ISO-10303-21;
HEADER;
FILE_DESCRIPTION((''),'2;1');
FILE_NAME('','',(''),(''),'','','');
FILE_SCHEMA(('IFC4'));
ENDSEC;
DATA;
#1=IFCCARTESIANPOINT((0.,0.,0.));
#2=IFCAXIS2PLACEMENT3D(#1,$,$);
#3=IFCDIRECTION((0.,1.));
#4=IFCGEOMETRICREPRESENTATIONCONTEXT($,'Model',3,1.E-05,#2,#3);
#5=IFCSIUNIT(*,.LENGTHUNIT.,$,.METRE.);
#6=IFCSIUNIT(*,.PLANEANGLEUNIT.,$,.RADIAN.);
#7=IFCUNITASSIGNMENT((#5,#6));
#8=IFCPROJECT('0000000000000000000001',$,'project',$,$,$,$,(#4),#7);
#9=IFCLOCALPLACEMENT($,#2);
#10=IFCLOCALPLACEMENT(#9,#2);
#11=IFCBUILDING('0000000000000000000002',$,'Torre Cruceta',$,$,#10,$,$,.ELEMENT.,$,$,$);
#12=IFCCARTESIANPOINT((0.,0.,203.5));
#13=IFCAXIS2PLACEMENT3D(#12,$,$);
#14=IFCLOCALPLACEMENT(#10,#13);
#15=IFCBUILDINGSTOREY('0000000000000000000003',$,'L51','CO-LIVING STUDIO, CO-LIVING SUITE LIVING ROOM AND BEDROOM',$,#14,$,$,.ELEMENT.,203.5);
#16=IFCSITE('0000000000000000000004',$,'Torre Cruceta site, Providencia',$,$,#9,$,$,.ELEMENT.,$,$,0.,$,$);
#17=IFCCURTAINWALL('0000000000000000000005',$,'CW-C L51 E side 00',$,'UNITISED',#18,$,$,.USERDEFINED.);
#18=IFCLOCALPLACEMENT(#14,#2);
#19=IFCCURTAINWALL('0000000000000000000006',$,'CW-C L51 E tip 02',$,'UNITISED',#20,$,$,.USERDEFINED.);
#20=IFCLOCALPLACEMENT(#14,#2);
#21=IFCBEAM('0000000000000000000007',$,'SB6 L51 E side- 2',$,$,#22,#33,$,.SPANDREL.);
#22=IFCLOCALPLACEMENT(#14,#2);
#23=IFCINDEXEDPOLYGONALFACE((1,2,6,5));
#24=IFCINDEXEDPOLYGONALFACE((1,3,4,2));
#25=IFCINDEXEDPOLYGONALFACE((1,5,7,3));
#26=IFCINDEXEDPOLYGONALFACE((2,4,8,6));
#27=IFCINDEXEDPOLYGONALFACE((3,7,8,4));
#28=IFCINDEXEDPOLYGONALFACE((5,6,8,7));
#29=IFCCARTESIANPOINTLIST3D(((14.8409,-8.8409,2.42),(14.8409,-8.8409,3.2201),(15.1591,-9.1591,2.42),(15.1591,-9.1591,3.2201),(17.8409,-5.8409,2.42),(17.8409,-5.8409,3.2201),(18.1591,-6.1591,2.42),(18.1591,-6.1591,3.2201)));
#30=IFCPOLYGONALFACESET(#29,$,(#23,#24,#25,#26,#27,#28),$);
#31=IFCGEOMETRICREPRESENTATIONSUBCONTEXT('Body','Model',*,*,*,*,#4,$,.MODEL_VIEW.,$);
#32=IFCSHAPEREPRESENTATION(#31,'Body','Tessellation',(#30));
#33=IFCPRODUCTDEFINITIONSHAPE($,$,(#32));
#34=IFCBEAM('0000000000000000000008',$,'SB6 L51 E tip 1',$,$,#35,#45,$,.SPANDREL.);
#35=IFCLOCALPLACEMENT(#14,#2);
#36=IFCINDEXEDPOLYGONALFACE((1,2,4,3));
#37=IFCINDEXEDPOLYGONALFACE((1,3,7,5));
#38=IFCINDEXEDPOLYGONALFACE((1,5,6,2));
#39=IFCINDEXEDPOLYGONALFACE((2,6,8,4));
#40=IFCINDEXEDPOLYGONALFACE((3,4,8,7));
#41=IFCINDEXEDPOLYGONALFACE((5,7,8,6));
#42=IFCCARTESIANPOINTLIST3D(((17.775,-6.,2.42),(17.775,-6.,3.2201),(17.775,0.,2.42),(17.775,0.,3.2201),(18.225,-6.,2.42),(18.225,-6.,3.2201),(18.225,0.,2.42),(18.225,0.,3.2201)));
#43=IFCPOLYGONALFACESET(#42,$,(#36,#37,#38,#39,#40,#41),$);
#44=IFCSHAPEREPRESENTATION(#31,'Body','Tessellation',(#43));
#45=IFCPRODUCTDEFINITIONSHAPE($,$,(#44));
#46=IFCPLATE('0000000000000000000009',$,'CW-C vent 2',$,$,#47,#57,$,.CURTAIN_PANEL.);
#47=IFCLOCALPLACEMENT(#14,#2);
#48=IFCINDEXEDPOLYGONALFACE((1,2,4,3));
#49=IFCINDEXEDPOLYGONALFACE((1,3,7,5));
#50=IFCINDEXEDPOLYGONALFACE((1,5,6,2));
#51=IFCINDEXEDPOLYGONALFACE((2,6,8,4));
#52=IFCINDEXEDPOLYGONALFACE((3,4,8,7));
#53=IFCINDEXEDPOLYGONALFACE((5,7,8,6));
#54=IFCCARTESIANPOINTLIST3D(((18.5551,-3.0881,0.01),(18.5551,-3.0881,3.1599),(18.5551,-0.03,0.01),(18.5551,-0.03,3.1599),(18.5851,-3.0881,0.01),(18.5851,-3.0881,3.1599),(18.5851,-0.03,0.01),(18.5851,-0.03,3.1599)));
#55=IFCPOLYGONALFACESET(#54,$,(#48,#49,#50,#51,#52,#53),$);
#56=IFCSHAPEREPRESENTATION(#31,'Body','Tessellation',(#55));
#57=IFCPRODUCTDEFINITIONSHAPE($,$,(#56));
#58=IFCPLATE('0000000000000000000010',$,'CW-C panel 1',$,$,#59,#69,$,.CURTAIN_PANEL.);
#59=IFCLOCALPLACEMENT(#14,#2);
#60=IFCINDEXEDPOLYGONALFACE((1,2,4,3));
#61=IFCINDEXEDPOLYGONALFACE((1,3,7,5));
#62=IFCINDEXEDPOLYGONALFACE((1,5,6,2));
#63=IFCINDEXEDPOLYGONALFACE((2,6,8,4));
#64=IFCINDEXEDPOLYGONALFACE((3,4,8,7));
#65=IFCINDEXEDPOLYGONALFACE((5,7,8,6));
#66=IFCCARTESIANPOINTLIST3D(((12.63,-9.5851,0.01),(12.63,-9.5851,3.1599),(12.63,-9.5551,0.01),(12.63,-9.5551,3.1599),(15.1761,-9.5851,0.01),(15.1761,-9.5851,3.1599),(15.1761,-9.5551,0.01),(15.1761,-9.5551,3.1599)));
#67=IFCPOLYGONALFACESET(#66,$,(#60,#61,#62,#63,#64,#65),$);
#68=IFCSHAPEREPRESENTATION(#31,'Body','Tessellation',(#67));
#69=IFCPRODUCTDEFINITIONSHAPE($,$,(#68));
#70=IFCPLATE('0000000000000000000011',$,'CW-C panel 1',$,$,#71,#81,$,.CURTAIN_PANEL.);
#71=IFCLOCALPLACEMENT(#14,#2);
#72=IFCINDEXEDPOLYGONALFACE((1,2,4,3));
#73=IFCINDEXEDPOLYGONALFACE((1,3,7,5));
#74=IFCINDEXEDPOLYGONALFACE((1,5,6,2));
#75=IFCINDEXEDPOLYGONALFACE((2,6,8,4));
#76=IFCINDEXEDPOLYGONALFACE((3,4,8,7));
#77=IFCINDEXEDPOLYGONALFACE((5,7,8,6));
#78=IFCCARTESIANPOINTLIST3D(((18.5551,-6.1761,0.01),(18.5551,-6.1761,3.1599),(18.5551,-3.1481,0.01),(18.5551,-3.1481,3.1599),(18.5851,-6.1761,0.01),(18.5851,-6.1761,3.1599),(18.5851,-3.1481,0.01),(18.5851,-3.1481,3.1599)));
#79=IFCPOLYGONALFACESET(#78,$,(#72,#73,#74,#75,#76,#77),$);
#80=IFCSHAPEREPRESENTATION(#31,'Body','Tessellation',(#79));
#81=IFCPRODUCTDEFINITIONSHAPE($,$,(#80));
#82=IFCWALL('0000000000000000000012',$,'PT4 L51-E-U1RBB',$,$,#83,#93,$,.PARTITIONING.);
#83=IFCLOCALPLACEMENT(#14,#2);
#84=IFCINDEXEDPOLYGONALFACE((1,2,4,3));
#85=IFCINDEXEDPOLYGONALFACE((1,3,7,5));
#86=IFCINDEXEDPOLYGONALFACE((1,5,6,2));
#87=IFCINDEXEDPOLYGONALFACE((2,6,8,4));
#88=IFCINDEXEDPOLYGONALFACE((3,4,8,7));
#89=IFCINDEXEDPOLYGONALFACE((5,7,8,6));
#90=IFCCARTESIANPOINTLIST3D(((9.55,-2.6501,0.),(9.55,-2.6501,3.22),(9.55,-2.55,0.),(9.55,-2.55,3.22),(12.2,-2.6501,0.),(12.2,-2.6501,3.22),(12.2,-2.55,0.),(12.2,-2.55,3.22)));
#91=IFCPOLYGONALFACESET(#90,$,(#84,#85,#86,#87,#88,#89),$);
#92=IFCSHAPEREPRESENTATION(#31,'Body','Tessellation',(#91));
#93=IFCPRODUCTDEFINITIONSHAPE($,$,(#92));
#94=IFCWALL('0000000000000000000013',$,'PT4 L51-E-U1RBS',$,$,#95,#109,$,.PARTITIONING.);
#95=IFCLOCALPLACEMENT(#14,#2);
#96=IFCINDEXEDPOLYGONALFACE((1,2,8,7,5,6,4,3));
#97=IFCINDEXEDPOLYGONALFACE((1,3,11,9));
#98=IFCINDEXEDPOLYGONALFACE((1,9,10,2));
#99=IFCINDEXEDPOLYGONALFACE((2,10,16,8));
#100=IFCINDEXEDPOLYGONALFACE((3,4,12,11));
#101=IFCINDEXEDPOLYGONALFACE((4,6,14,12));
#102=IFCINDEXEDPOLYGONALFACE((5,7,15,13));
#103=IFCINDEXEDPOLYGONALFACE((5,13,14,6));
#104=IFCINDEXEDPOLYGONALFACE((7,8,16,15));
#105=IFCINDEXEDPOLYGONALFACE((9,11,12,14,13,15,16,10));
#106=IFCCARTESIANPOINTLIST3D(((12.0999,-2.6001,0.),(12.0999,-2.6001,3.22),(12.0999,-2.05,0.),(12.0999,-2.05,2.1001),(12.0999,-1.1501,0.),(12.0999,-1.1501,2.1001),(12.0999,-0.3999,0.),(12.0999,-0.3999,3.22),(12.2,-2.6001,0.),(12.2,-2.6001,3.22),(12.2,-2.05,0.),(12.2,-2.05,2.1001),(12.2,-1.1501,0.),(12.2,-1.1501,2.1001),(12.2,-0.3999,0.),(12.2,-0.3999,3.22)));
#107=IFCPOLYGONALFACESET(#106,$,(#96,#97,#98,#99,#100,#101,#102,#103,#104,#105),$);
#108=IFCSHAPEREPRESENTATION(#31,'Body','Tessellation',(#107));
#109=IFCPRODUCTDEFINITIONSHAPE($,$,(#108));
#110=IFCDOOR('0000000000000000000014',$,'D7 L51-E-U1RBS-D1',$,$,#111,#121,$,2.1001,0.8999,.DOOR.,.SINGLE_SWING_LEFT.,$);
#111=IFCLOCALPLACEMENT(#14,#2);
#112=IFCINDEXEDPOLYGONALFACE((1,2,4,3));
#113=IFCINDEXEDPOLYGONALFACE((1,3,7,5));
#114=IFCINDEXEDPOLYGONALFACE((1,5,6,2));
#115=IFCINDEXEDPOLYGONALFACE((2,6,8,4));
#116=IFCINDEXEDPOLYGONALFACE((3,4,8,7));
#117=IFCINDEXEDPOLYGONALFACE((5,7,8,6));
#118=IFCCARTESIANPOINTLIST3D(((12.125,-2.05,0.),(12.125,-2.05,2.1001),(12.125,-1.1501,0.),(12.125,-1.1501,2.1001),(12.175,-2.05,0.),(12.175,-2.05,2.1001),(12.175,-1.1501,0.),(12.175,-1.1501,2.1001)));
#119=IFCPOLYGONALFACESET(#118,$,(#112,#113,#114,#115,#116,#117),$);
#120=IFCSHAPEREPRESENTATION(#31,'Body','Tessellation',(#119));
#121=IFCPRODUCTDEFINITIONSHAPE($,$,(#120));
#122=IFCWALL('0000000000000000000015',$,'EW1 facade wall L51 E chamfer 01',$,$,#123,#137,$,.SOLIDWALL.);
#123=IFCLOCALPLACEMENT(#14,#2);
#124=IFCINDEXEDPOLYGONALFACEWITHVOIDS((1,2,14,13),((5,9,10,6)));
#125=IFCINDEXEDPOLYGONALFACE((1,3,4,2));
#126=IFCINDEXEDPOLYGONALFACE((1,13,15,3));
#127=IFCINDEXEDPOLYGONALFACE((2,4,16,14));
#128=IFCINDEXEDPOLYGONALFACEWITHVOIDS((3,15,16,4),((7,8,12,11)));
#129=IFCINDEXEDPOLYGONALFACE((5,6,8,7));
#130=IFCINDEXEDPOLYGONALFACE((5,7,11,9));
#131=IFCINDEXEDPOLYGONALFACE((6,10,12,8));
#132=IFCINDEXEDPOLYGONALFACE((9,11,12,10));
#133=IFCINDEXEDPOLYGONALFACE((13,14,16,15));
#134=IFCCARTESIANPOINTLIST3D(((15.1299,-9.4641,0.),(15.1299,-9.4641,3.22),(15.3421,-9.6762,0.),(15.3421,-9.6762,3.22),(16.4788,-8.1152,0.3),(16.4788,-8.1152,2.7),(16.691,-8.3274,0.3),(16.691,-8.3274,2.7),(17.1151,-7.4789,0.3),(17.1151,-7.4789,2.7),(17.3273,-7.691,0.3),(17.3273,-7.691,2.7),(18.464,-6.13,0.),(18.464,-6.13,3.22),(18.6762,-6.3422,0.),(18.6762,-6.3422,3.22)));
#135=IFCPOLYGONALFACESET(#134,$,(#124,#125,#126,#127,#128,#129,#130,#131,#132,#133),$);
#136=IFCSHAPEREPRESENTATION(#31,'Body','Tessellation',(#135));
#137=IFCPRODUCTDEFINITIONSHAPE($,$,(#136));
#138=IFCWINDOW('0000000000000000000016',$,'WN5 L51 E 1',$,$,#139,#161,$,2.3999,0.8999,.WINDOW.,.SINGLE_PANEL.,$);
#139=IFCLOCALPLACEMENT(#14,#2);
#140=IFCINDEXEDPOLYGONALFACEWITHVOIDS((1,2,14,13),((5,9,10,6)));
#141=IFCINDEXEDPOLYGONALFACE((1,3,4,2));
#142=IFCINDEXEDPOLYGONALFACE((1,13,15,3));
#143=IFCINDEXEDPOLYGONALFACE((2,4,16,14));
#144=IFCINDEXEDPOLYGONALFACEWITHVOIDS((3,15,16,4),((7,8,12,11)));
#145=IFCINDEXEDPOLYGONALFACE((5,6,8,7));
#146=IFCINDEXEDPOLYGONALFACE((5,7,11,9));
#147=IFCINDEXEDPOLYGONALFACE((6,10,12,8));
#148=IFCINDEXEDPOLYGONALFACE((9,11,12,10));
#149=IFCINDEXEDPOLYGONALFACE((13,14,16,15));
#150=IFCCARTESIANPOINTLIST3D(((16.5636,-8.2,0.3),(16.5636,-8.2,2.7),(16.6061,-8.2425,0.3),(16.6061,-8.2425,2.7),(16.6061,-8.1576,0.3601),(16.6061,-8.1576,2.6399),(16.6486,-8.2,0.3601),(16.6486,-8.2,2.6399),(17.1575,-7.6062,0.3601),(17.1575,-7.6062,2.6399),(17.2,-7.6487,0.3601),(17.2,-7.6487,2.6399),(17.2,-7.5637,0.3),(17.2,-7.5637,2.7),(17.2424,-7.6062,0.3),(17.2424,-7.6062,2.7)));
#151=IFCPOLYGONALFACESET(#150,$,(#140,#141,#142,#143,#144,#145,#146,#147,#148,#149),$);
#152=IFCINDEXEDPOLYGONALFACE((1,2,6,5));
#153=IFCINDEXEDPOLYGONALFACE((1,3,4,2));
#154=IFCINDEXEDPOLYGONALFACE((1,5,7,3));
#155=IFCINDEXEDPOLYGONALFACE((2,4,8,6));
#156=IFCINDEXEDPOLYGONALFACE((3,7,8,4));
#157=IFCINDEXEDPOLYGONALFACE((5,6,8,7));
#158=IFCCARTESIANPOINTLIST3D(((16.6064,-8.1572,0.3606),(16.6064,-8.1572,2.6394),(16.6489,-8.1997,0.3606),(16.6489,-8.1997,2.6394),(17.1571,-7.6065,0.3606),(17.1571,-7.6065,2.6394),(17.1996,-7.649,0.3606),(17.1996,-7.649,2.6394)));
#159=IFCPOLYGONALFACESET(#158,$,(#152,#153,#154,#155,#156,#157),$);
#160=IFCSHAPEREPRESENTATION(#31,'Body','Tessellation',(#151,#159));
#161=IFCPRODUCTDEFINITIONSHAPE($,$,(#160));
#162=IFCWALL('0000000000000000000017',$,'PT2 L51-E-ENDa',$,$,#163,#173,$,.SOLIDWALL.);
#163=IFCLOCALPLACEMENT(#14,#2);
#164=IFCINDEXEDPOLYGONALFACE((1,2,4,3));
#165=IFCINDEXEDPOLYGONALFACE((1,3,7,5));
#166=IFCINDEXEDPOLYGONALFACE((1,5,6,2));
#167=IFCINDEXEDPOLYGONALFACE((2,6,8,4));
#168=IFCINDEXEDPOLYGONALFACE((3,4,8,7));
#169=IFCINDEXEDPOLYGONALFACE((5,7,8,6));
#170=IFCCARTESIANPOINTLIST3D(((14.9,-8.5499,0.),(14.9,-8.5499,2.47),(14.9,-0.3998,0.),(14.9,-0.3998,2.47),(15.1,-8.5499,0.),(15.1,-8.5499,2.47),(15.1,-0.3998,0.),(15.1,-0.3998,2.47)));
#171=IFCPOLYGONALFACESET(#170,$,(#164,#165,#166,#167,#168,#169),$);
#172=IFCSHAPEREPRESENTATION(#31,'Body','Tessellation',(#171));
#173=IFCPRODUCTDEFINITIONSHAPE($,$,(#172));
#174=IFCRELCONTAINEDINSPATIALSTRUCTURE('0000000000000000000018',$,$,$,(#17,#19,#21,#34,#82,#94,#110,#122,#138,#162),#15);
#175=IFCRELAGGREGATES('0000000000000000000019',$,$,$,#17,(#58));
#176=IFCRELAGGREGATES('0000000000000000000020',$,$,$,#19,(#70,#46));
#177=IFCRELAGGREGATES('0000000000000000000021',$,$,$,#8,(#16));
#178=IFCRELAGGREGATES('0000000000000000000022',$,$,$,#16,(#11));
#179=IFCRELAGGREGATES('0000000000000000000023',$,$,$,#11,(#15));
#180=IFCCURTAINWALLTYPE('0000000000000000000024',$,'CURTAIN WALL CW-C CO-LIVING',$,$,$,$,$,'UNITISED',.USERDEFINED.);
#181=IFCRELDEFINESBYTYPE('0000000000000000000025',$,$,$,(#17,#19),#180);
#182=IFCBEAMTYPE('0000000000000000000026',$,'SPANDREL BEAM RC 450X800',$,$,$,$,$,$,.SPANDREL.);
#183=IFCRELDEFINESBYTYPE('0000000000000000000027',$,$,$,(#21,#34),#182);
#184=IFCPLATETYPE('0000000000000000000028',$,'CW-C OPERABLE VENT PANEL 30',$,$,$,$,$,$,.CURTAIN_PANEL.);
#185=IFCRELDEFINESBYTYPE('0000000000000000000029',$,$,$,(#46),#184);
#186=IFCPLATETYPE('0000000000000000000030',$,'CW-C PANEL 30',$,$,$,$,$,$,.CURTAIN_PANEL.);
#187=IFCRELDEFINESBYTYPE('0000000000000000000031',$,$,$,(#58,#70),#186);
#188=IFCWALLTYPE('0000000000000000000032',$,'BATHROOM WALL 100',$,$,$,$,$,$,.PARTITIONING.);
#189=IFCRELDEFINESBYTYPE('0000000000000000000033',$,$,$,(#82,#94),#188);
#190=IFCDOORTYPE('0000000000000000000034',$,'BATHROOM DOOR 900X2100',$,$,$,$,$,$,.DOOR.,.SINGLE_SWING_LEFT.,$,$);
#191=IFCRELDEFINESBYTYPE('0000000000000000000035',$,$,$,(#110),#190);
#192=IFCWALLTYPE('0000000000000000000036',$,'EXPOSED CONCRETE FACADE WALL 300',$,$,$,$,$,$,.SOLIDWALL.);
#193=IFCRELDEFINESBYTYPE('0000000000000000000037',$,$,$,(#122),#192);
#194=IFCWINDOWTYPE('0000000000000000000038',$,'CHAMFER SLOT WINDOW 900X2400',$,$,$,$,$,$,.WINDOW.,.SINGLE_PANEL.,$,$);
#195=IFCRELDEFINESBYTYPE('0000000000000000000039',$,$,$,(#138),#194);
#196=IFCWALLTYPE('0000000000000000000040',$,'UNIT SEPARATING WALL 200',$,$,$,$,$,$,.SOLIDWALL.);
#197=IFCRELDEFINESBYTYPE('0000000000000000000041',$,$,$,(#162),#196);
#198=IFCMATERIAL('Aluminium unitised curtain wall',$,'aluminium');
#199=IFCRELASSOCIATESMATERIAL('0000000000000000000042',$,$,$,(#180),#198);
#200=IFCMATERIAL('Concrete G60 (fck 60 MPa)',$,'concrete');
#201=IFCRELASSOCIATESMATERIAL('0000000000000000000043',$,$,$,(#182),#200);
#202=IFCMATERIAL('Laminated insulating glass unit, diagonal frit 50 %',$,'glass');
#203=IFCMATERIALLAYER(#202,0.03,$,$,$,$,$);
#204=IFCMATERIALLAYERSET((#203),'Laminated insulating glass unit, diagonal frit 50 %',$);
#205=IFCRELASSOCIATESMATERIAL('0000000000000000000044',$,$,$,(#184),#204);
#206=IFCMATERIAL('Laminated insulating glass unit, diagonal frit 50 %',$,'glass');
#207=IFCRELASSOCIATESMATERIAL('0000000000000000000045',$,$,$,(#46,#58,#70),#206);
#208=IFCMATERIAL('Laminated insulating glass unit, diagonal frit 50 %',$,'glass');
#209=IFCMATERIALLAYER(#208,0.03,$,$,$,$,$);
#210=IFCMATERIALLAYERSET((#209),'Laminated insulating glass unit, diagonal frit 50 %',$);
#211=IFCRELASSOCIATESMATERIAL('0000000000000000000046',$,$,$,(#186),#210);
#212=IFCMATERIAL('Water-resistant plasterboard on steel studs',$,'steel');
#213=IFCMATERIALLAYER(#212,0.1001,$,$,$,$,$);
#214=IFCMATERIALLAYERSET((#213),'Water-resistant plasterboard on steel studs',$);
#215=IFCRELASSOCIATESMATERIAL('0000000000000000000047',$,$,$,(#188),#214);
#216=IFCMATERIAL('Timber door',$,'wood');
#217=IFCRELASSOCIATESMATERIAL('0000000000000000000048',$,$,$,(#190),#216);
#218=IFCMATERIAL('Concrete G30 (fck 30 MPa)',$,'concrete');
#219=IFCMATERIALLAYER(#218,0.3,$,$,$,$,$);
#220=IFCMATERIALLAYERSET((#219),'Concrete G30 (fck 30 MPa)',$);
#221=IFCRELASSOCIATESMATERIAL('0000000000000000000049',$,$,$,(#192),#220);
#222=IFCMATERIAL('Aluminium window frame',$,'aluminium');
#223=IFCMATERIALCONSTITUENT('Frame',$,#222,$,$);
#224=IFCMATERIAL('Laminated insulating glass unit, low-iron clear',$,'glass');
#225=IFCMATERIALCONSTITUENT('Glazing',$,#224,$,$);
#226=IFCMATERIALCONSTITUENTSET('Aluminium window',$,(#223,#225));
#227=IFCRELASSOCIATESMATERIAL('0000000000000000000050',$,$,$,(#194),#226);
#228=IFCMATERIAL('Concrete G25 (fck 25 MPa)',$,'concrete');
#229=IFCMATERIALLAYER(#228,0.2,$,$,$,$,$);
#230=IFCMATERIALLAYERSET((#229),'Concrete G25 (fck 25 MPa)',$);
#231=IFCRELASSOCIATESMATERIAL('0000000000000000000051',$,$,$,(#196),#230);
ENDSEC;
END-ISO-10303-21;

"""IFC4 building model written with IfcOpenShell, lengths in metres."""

from ifc_helpers import new_model, si_unit, direction, frame, frame_2d, origin, origin_2d, place, context, subcontext, project, spatial, rectangle, hollow_rectangle, extrude, material, layer, layer_set, constituent, constituent_set, material_profile, profile_set, type_object, element, fill, aggregate, save


model = new_model("IFC4")

# Units and contexts
model_context = context("Model", 3, precision=1e-05, world=origin(), true_north=direction((0.0, 1.0)))
body_context = subcontext(model_context, "Body", "Model", "MODEL_VIEW")
ifc_project = project(units=[si_unit("LENGTHUNIT", "METRE"), si_unit("PLANEANGLEUNIT", "RADIAN")], contexts=[model_context])

# Site, building, storey
site_placement = place(None, origin())
site = spatial("IfcSite", under=ifc_project, at=site_placement, Name="Torre Cruceta site, Providencia", CompositionType="ELEMENT", RefElevation=0.0)
building_placement = place(site_placement, origin())
building = spatial("IfcBuilding", under=site, at=building_placement, Name="Torre Cruceta", CompositionType="ELEMENT")
storey_placement = place(building_placement, frame((0.0, 0.0, 203.5)))
storey = spatial("IfcBuildingStorey", under=building, at=storey_placement, Name="L51", Description="CO-LIVING STUDIO, CO-LIVING SUITE LIVING ROOM AND BEDROOM", CompositionType="ELEMENT", Elevation=203.5)

# Curtain walls
ifc_material_1 = material(Name="Aluminium unitised curtain wall", Category="aluminium")
curtain_wall_type = type_object("IfcCurtainWallType", Name="CURTAIN WALL CW-C CO-LIVING", ElementType="UNITISED", PredefinedType="USERDEFINED", material=ifc_material_1)
curtain_wall_1_placement = place(storey_placement, origin())
curtain_wall_1 = element("IfcCurtainWall", 1, at=curtain_wall_1_placement, inside=storey, type_object=curtain_wall_type, Name="CW-C L51 E side 00", ObjectType="UNITISED", PredefinedType="USERDEFINED")
curtain_wall_2_placement = place(storey_placement, origin())
curtain_wall_2 = element("IfcCurtainWall", 2, at=curtain_wall_2_placement, inside=storey, type_object=curtain_wall_type, Name="CW-C L51 E tip 02", ObjectType="UNITISED", PredefinedType="USERDEFINED")

# Beams
ifc_material_2 = material(Name="Concrete G60 (fck 60 MPa)", Category="concrete")
ifc_material_profile_1 = material_profile(ifc_material_2, rectangle(XDim=0.45, YDim=0.8, at=origin_2d()), Name="RC 450X800")
ifc_profile_set_1 = profile_set([ifc_material_profile_1], Name="Concrete G60 (fck 60 MPa)")
beam_type_1 = type_object("IfcBeamType", Name="SPANDREL BEAM RC 450X800", PredefinedType="SPANDREL", material=ifc_profile_set_1)
beam_1_placement = place(storey_placement, frame((15.0, -9.0, 2.8201), z_axis=(0.707107, 0.707107, 0.0), x_axis=(-0.707107, 0.707107, 0.0)))
element("IfcBeam", 3, at=beam_1_placement, inside=storey, type_object=beam_type_1, Name="SB6 L51 E side- 2", PredefinedType="SPANDREL", context=body_context, shape_type="SweptSolid", body=[
    extrude(rectangle(XDim=0.45, YDim=0.8, at=origin_2d()), origin(), (0.0, 0.0, 1.0), 4.2427),
])
beam_2_placement = place(storey_placement, frame((18.0, -6.0, 2.8201), z_axis=(0.0, 1.0, 0.0), x_axis=(-1.0, 0.0, 0.0)))
element("IfcBeam", 4, at=beam_2_placement, inside=storey, type_object=beam_type_1, Name="SB6 L51 E tip 1", PredefinedType="SPANDREL", context=body_context, shape_type="SweptSolid", body=[
    extrude(rectangle(XDim=0.45, YDim=0.8, at=origin_2d()), origin(), (0.0, 0.0, 1.0), 6.0),
])

# Plates
ifc_material_3 = material(Name="Laminated insulating glass unit, diagonal frit 50 %", Category="glass")
ifc_material_4 = material(Name="Laminated insulating glass unit, diagonal frit 50 %", Category="glass")
ifc_layer_1 = layer(ifc_material_4, 0.03)
ifc_layer_set_1 = layer_set([ifc_layer_1], Name="Laminated insulating glass unit, diagonal frit 50 %")
plate_type_1 = type_object("IfcPlateType", Name="CW-C OPERABLE VENT PANEL 30", PredefinedType="CURTAIN_PANEL", material=ifc_layer_set_1)
plate_1_placement = place(storey_placement, frame((18.5701, -1.5591, 0.01), z_axis=(0.0, 0.0, 1.0), x_axis=(0.0, 1.0, 0.0)))
plate_1 = element("IfcPlate", 5, at=plate_1_placement, type_object=plate_type_1, material=ifc_material_3, Name="CW-C vent 2", PredefinedType="CURTAIN_PANEL", context=body_context, shape_type="SweptSolid", body=[
    extrude(rectangle(XDim=3.0581, YDim=0.03, at=origin_2d()), origin(), (0.0, 0.0, 1.0), 3.1499),
])
ifc_material_5 = material(Name="Laminated insulating glass unit, diagonal frit 50 %", Category="glass")
ifc_layer_2 = layer(ifc_material_5, 0.03)
ifc_layer_set_2 = layer_set([ifc_layer_2], Name="Laminated insulating glass unit, diagonal frit 50 %")
plate_type_2 = type_object("IfcPlateType", Name="CW-C PANEL 30", PredefinedType="CURTAIN_PANEL", material=ifc_layer_set_2)
plate_2_placement = place(storey_placement, frame((13.9031, -9.5701, 0.01), z_axis=(0.0, 0.0, 1.0), x_axis=(1.0, 0.0, 0.0)))
plate_2 = element("IfcPlate", 6, at=plate_2_placement, type_object=plate_type_2, material=ifc_material_3, Name="CW-C panel 1", PredefinedType="CURTAIN_PANEL", context=body_context, shape_type="SweptSolid", body=[
    extrude(rectangle(XDim=2.5461, YDim=0.03, at=origin_2d()), origin(), (0.0, 0.0, 1.0), 3.1499),
])
aggregate(curtain_wall_1, [plate_2])
plate_3_placement = place(storey_placement, frame((18.5701, -4.6621, 0.01), z_axis=(0.0, 0.0, 1.0), x_axis=(0.0, 1.0, 0.0)))
plate_3 = element("IfcPlate", 7, at=plate_3_placement, type_object=plate_type_2, material=ifc_material_3, Name="CW-C panel 1", PredefinedType="CURTAIN_PANEL", context=body_context, shape_type="SweptSolid", body=[
    extrude(rectangle(XDim=3.0281, YDim=0.03, at=origin_2d()), origin(), (0.0, 0.0, 1.0), 3.1499),
])
aggregate(curtain_wall_2, [plate_3, plate_1])

# Wall
ifc_material_6 = material(Name="Water-resistant plasterboard on steel studs", Category="steel")
ifc_layer_3 = layer(ifc_material_6, 0.1001)
ifc_layer_set_3 = layer_set([ifc_layer_3], Name="Water-resistant plasterboard on steel studs")
wall_type_1 = type_object("IfcWallType", Name="BATHROOM WALL 100", PredefinedType="PARTITIONING", material=ifc_layer_set_3)
wall_1_placement = place(storey_placement, frame((9.55, -2.6001, 0.0), z_axis=(0.0, 0.0, 1.0), x_axis=(1.0, 0.0, 0.0)))
element("IfcWall", 8, at=wall_1_placement, inside=storey, type_object=wall_type_1, Name="PT4 L51-E-U1RBB", PredefinedType="PARTITIONING", context=body_context, shape_type="SweptSolid", body=[
    extrude(rectangle(XDim=2.6499, YDim=0.1001, at=frame_2d((1.325, 0.0))), origin(), (0.0, 0.0, 1.0), 3.22),
])

# Wall, opening, door
wall_2_placement = place(storey_placement, frame((12.1499, -2.6001, 0.0), z_axis=(0.0, 0.0, 1.0), x_axis=(0.0, 1.0, 0.0)))
wall_2 = element("IfcWall", 9, at=wall_2_placement, inside=storey, type_object=wall_type_1, Name="PT4 L51-E-U1RBS", PredefinedType="PARTITIONING", context=body_context, shape_type="SweptSolid", body=[
    extrude(rectangle(XDim=2.2002, YDim=0.1001, at=frame_2d((1.1001, 0.0))), origin(), (0.0, 0.0, 1.0), 3.22),
])
opening_1_placement = place(wall_2_placement, frame((0.55, 0.0, 0.0)))
opening_1 = element("IfcOpeningElement", 10, at=opening_1_placement, cuts=wall_2, PredefinedType="OPENING", context=body_context, shape_type="SweptSolid", body=[
    extrude(rectangle(XDim=0.8999, YDim=2.1001, at=frame_2d((0.45, 1.05))), frame((0.0, 0.0601, 0.0), z_axis=(0.0, -1.0, 0.0), x_axis=(1.0, 0.0, 0.0)), (0.0, 0.0, 1.0), 0.1201),
])
ifc_material_7 = material(Name="Timber door", Category="wood")
door_type = type_object("IfcDoorType", Name="BATHROOM DOOR 900X2100", OperationType="SINGLE_SWING_LEFT", PredefinedType="DOOR", material=ifc_material_7)
door_placement = place(opening_1_placement, origin())
door = element("IfcDoor", 11, at=door_placement, inside=storey, type_object=door_type, Name="D7 L51-E-U1RBS-D1", OperationType="SINGLE_SWING_LEFT", OverallHeight=2.1001, OverallWidth=0.8999, PredefinedType="DOOR", context=body_context, shape_type="SweptSolid", body=[
    extrude(rectangle(XDim=0.8999, YDim=2.1001, at=frame_2d((0.45, 1.05))), frame((0.0, 0.0249, 0.0), z_axis=(0.0, -1.0, 0.0), x_axis=(1.0, 0.0, 0.0)), (0.0, 0.0, 1.0), 0.05),
])
fill(opening_1, door)

# Wall, opening, window
ifc_material_8 = material(Name="Concrete G30 (fck 30 MPa)", Category="concrete")
ifc_layer_4 = layer(ifc_material_8, 0.3)
ifc_layer_set_4 = layer_set([ifc_layer_4], Name="Concrete G30 (fck 30 MPa)")
wall_type_2 = type_object("IfcWallType", Name="EXPOSED CONCRETE FACADE WALL 300", PredefinedType="SOLIDWALL", material=ifc_layer_set_4)
wall_3_placement = place(storey_placement, frame((15.2361, -9.5701, 0.0), z_axis=(0.0, 0.0, 1.0), x_axis=(0.707107, 0.707107, 0.0)))
wall_3 = element("IfcWall", 12, at=wall_3_placement, inside=storey, type_object=wall_type_2, Name="EW1 facade wall L51 E chamfer 01", PredefinedType="SOLIDWALL", context=body_context, shape_type="SweptSolid", body=[
    extrude(rectangle(XDim=4.7151, YDim=0.3, at=frame_2d((2.3574, 0.0))), origin(), (0.0, 0.0, 1.0), 3.22),
])
opening_2_placement = place(wall_3_placement, frame((1.9075, 0.0, 0.3)))
opening_2 = element("IfcOpeningElement", 13, at=opening_2_placement, cuts=wall_3, PredefinedType="OPENING", context=body_context, shape_type="SweptSolid", body=[
    extrude(rectangle(XDim=0.8999, YDim=2.3999, at=frame_2d((0.45, 1.2))), frame((0.0, 0.1599, 0.0), z_axis=(0.0, -1.0, 0.0), x_axis=(1.0, 0.0, 0.0)), (0.0, 0.0, 1.0), 0.3201),
])
ifc_material_9 = material(Name="Aluminium window frame", Category="aluminium")
ifc_constituent_1 = constituent(ifc_material_9, Name="Frame")
ifc_material_10 = material(Name="Laminated insulating glass unit, low-iron clear", Category="glass")
ifc_constituent_2 = constituent(ifc_material_10, Name="Glazing")
ifc_constituent_set = constituent_set(constituents=[ifc_constituent_1, ifc_constituent_2], Name="Aluminium window")
window_type = type_object("IfcWindowType", Name="CHAMFER SLOT WINDOW 900X2400", PartitioningType="SINGLE_PANEL", PredefinedType="WINDOW", material=ifc_constituent_set)
window_placement = place(opening_2_placement, origin())
window = element("IfcWindow", 14, at=window_placement, inside=storey, type_object=window_type, Name="WN5 L51 E 1", OverallHeight=2.3999, OverallWidth=0.8999, PartitioningType="SINGLE_PANEL", PredefinedType="WINDOW", context=body_context, shape_type="SweptSolid", body=[
    extrude(hollow_rectangle(XDim=0.8999, YDim=2.3999, WallThickness=0.0601, at=frame_2d((0.45, 1.2))), frame((0.0, 0.03, 0.0), z_axis=(0.0, -1.0, 0.0), x_axis=(1.0, 0.0, 0.0)), (0.0, 0.0, 1.0), 0.0601),
    extrude(rectangle(XDim=0.7788, YDim=2.2788, at=frame_2d((0.45, 1.2))), frame((0.0, 0.03, 0.0), z_axis=(0.0, -1.0, 0.0), x_axis=(1.0, 0.0, 0.0)), (0.0, 0.0, 1.0), 0.0601),
])
fill(opening_2, window)

# Wall
ifc_material_11 = material(Name="Concrete G25 (fck 25 MPa)", Category="concrete")
ifc_layer_5 = layer(ifc_material_11, 0.2)
ifc_layer_set_5 = layer_set([ifc_layer_5], Name="Concrete G25 (fck 25 MPa)")
wall_type_3 = type_object("IfcWallType", Name="UNIT SEPARATING WALL 200", PredefinedType="SOLIDWALL", material=ifc_layer_set_5)
wall_4_placement = place(storey_placement, frame((15.0, -8.55, 0.0), z_axis=(0.0, 0.0, 1.0), x_axis=(0.0, 1.0, 0.0)))
element("IfcWall", 15, at=wall_4_placement, inside=storey, type_object=wall_type_3, Name="PT2 L51-E-ENDa", PredefinedType="SOLIDWALL", context=body_context, shape_type="SweptSolid", body=[
    extrude(rectangle(XDim=8.1501, YDim=0.2, at=frame_2d((4.0752, 0.0))), origin(), (0.0, 0.0, 1.0), 2.47),
])

save(model, "model.ifc")
